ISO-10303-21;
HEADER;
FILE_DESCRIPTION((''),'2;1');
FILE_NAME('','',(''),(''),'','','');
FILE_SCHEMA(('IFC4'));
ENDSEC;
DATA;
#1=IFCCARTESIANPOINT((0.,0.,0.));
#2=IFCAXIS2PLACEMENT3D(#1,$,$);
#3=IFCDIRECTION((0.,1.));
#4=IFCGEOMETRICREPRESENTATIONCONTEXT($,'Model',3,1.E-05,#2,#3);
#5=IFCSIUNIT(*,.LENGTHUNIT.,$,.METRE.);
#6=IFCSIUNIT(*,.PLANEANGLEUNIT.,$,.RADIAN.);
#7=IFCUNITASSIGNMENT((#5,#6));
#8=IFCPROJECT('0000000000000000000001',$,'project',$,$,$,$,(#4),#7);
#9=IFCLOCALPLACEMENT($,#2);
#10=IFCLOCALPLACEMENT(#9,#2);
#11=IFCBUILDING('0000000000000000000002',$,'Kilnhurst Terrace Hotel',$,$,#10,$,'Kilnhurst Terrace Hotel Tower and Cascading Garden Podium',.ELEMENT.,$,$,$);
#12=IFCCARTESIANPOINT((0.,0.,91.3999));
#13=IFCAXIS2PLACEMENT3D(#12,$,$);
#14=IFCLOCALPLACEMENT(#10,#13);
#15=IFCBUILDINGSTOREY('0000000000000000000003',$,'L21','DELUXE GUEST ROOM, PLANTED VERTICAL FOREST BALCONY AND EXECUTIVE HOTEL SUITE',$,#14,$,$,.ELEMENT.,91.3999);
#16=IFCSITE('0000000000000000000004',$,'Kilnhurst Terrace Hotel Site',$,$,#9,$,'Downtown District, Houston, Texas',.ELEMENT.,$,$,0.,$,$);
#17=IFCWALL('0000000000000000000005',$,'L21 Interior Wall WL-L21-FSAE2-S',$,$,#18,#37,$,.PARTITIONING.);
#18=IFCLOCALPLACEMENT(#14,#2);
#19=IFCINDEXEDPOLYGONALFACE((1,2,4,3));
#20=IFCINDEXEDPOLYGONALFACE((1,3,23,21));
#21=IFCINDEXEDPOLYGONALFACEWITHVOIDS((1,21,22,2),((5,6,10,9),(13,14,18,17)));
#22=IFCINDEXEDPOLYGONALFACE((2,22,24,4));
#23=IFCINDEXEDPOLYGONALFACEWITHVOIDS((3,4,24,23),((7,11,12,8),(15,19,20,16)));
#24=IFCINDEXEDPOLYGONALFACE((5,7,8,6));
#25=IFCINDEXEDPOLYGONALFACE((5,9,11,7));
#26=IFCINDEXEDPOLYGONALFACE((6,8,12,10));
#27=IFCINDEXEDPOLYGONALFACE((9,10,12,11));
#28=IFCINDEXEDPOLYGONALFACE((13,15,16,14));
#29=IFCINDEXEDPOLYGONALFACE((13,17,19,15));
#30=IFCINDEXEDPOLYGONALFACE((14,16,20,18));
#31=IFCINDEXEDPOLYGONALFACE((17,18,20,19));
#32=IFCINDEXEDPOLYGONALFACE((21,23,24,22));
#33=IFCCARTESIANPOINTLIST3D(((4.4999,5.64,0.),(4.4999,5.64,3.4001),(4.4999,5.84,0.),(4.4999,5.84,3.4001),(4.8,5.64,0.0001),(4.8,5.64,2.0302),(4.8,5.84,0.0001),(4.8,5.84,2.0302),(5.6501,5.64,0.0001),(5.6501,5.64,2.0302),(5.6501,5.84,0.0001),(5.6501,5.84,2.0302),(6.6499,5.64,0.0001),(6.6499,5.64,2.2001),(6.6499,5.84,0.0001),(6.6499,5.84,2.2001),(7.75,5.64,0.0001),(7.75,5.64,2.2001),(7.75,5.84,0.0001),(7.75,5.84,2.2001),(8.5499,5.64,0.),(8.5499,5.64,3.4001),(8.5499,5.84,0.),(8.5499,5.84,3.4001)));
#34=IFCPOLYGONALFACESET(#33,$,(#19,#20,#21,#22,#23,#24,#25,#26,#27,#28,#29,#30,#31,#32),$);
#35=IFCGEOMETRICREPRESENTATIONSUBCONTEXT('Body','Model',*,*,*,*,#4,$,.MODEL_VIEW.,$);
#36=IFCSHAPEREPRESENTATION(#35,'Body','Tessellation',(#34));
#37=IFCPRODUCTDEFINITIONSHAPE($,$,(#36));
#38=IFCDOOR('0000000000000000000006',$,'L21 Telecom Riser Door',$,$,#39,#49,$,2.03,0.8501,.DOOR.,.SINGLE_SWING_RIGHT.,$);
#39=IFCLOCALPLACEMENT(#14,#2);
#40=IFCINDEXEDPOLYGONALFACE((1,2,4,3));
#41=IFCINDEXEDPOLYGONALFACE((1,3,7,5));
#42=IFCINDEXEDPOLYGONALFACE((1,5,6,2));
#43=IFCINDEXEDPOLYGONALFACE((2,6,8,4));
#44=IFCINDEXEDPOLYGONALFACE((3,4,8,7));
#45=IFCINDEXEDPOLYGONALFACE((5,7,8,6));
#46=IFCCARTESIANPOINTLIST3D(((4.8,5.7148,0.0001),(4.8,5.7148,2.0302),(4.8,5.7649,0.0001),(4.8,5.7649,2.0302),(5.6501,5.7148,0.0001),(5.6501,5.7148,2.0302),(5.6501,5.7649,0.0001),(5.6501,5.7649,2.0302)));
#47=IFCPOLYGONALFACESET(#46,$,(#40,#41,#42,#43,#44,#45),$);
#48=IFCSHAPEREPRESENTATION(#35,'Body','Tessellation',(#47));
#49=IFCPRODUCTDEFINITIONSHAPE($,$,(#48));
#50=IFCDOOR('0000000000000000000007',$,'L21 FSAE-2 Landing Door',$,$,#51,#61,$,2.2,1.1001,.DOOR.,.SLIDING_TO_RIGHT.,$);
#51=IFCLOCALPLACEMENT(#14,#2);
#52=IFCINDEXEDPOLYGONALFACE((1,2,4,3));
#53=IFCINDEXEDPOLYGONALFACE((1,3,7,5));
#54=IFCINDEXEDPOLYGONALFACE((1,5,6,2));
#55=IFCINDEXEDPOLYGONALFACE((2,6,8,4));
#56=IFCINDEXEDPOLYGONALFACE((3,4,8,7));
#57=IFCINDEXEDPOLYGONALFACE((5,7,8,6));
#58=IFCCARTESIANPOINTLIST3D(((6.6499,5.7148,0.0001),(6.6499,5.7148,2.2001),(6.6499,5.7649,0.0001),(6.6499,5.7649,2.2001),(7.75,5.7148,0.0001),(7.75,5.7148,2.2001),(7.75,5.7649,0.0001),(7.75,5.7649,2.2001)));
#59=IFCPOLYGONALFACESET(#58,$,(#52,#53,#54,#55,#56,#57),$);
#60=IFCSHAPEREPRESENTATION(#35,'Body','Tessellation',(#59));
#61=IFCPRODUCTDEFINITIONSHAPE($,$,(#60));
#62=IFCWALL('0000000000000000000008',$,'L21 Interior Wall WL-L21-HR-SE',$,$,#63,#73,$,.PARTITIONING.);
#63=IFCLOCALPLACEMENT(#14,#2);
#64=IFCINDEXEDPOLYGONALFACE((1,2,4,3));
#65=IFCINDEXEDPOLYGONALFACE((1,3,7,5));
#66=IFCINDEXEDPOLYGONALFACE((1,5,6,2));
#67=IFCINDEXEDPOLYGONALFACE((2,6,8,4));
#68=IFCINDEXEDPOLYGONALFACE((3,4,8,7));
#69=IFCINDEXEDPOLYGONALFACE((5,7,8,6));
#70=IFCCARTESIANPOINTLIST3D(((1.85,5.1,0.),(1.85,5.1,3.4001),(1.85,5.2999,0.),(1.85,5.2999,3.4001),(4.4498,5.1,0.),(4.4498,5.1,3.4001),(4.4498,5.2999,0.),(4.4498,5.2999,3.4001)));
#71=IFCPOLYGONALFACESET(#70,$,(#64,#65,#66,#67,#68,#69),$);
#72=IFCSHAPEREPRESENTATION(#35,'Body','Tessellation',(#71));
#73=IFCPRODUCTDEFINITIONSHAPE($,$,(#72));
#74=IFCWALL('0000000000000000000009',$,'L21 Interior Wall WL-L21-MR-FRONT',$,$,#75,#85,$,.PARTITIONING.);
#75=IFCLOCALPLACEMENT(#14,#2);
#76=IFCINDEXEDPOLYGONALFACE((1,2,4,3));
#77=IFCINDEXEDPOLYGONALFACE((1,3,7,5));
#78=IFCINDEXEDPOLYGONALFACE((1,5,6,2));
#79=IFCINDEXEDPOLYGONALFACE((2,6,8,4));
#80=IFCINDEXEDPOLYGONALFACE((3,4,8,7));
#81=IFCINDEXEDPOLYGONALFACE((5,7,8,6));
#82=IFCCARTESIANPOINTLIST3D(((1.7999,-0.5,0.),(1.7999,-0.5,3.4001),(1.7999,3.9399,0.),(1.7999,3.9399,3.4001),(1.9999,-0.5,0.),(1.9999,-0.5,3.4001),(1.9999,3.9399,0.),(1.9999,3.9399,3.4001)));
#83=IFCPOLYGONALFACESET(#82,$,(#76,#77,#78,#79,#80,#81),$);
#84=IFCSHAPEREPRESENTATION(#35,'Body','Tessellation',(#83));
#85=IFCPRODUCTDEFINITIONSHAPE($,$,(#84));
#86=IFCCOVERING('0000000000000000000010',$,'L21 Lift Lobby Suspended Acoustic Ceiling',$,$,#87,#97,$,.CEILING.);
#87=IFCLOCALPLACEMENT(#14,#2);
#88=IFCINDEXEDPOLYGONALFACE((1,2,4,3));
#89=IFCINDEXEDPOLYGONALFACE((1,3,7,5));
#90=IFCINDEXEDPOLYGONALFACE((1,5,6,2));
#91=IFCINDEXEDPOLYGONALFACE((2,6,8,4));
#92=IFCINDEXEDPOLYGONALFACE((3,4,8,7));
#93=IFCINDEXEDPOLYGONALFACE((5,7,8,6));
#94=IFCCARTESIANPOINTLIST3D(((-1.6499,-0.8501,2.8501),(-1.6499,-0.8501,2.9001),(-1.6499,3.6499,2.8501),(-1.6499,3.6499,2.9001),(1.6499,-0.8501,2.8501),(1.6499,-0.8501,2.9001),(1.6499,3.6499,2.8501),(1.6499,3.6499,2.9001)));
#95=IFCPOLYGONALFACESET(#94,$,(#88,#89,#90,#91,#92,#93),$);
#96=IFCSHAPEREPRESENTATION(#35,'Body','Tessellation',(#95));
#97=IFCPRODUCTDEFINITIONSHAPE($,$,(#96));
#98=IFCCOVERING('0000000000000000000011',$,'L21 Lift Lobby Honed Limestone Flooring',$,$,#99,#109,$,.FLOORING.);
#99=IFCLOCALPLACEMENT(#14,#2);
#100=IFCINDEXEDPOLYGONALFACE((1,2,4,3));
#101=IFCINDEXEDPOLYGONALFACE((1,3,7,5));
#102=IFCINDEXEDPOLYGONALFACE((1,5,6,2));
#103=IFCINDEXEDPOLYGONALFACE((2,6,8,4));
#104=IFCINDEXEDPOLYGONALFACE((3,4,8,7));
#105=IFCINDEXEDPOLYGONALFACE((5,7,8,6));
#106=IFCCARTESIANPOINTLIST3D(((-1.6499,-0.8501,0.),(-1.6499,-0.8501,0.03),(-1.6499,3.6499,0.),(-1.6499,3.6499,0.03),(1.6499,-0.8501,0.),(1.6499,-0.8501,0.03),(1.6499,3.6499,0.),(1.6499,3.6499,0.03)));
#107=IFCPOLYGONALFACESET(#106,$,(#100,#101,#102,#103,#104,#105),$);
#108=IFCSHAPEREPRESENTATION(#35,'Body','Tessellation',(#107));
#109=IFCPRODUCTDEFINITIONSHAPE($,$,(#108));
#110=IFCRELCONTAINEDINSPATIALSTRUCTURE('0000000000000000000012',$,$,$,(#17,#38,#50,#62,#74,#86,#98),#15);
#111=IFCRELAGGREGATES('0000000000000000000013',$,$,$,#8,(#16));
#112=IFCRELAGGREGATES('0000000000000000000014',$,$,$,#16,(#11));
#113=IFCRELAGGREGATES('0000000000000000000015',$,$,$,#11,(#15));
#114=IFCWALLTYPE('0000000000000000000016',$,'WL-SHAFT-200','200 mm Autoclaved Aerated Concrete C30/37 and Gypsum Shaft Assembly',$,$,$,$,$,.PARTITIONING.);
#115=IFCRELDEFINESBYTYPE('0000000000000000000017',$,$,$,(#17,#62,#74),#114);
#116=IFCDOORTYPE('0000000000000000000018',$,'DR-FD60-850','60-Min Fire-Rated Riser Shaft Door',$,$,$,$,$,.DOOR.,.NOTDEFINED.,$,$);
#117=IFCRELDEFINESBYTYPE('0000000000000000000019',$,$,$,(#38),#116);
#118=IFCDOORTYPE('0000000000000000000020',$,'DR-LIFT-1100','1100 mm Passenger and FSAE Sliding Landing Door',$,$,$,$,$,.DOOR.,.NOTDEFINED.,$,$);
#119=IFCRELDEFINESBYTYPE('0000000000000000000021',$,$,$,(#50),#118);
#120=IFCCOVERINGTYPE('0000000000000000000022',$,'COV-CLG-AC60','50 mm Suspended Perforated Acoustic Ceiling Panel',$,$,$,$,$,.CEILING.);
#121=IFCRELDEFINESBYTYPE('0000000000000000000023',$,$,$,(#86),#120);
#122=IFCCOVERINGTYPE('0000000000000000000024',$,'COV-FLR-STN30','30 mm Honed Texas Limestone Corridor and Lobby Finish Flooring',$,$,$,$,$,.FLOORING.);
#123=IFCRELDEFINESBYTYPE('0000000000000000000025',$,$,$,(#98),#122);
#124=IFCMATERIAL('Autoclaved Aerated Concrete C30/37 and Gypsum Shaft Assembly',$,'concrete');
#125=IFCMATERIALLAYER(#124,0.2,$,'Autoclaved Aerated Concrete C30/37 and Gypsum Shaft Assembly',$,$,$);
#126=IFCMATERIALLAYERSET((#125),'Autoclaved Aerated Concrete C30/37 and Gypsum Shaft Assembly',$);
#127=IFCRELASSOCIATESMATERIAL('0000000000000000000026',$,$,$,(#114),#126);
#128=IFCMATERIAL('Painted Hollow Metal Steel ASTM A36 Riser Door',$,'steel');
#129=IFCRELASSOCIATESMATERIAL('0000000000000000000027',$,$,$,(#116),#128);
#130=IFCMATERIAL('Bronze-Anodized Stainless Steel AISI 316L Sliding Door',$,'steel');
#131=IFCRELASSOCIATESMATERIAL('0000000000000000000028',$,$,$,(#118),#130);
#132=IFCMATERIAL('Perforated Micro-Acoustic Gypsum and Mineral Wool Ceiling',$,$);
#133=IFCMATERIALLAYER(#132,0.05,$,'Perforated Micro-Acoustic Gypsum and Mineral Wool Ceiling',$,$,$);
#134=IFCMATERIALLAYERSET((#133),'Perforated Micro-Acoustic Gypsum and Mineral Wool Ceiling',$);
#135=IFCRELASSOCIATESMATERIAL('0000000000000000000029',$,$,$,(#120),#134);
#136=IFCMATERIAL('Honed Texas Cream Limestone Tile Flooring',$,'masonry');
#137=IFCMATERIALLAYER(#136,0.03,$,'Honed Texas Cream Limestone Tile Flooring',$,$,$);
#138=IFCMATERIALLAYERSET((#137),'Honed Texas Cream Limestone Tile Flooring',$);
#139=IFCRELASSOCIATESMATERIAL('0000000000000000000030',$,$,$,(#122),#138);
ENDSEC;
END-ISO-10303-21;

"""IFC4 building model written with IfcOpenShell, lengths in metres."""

from ifc_helpers import new_model, si_unit, direction, frame, frame_2d, origin, place, context, subcontext, project, spatial, polyline, rectangle, outline, extrude, material, layer, layer_set, type_object, element, fill, save


model = new_model("IFC4")

# Units and contexts
model_context = context("Model", 3, precision=1e-05, world=origin(), true_north=direction((0.0, 1.0)))
body_context = subcontext(model_context, "Body", "Model", "MODEL_VIEW")
ifc_project = project(units=[si_unit("LENGTHUNIT", "METRE"), si_unit("PLANEANGLEUNIT", "RADIAN")], contexts=[model_context])

# Site, building, storey
site_placement = place(None, origin())
site = spatial("IfcSite", under=ifc_project, at=site_placement, Name="Kilnhurst Terrace Hotel Site", LongName="Downtown District, Houston, Texas", CompositionType="ELEMENT", RefElevation=0.0)
building_placement = place(site_placement, origin())
building = spatial("IfcBuilding", under=site, at=building_placement, Name="Kilnhurst Terrace Hotel", LongName="Kilnhurst Terrace Hotel Tower and Cascading Garden Podium", CompositionType="ELEMENT")
storey_placement = place(building_placement, frame((0.0, 0.0, 91.3999)))
storey = spatial("IfcBuildingStorey", under=building, at=storey_placement, Name="L21", Description="DELUXE GUEST ROOM, PLANTED VERTICAL FOREST BALCONY AND EXECUTIVE HOTEL SUITE", CompositionType="ELEMENT", Elevation=91.3999)

# Wall, openings, doors
ifc_material_1 = material(Name="Autoclaved Aerated Concrete C30/37 and Gypsum Shaft Assembly", Category="concrete")
ifc_layer_1 = layer(ifc_material_1, 0.2, Name="Autoclaved Aerated Concrete C30/37 and Gypsum Shaft Assembly")
ifc_layer_set_1 = layer_set([ifc_layer_1], Name="Autoclaved Aerated Concrete C30/37 and Gypsum Shaft Assembly")
wall_type_1 = type_object("IfcWallType", Name="WL-SHAFT-200", Description="200 mm Autoclaved Aerated Concrete C30/37 and Gypsum Shaft Assembly", PredefinedType="PARTITIONING", material=ifc_layer_set_1)
wall_1_placement = place(storey_placement, frame((4.5, 5.74, 0.0), z_axis=(0.0, 0.0, 1.0), x_axis=(1.0, 0.0, 0.0)))
wall_1 = element("IfcWall", 1, at=wall_1_placement, inside=storey, type_object=wall_type_1, Name="L21 Interior Wall WL-L21-FSAE2-S", PredefinedType="PARTITIONING", context=body_context, shape_type="SweptSolid", body=[
    extrude(rectangle(XDim=4.05, YDim=0.2, at=frame_2d((2.0249, 0.0))), origin(), (0.0, 0.0, 1.0), 3.4001),
])
opening_1_placement = place(wall_1_placement, frame((0.3, 0.0, 0.0)))
opening_1 = element("IfcOpeningElement", 2, at=opening_1_placement, cuts=wall_1, PredefinedType="OPENING", context=body_context, shape_type="SweptSolid", body=[
    extrude(rectangle(XDim=0.8501, YDim=2.03, at=frame_2d((0.425, 1.0151))), frame((0.0, 0.1099, 0.0), z_axis=(0.0, -1.0, 0.0), x_axis=(1.0, 0.0, 0.0)), (0.0, 0.0, 1.0), 0.22),
])
opening_2_placement = place(wall_1_placement, frame((2.1499, 0.0, 0.0)))
opening_2 = element("IfcOpeningElement", 3, at=opening_2_placement, cuts=wall_1, PredefinedType="OPENING", context=body_context, shape_type="SweptSolid", body=[
    extrude(rectangle(XDim=1.1001, YDim=2.2, at=frame_2d((0.55, 1.1001))), frame((0.0, 0.1099, 0.0), z_axis=(0.0, -1.0, 0.0), x_axis=(1.0, 0.0, 0.0)), (0.0, 0.0, 1.0), 0.22),
])
ifc_material_2 = material(Name="Painted Hollow Metal Steel ASTM A36 Riser Door", Category="steel")
door_type_1 = type_object("IfcDoorType", Name="DR-FD60-850", Description="60-Min Fire-Rated Riser Shaft Door", OperationType="NOTDEFINED", PredefinedType="DOOR", material=ifc_material_2)
door_1_placement = place(opening_1_placement, origin())
door_1 = element("IfcDoor", 4, at=door_1_placement, inside=storey, type_object=door_type_1, Name="L21 Telecom Riser Door", OperationType="SINGLE_SWING_RIGHT", OverallHeight=2.03, OverallWidth=0.8501, PredefinedType="DOOR", context=body_context, shape_type="SweptSolid", body=[
    extrude(rectangle(XDim=0.8501, YDim=2.03, at=frame_2d((0.425, 1.0151))), frame((0.0, 0.0249, 0.0), z_axis=(0.0, -1.0, 0.0), x_axis=(1.0, 0.0, 0.0)), (0.0, 0.0, 1.0), 0.05),
])
fill(opening_1, door_1)
ifc_material_3 = material(Name="Bronze-Anodized Stainless Steel AISI 316L Sliding Door", Category="steel")
door_type_2 = type_object("IfcDoorType", Name="DR-LIFT-1100", Description="1100 mm Passenger and FSAE Sliding Landing Door", OperationType="NOTDEFINED", PredefinedType="DOOR", material=ifc_material_3)
door_2_placement = place(opening_2_placement, origin())
door_2 = element("IfcDoor", 5, at=door_2_placement, inside=storey, type_object=door_type_2, Name="L21 FSAE-2 Landing Door", OperationType="SLIDING_TO_RIGHT", OverallHeight=2.2, OverallWidth=1.1001, PredefinedType="DOOR", context=body_context, shape_type="SweptSolid", body=[
    extrude(rectangle(XDim=1.1001, YDim=2.2, at=frame_2d((0.55, 1.1001))), frame((0.0, 0.0249, 0.0), z_axis=(0.0, -1.0, 0.0), x_axis=(1.0, 0.0, 0.0)), (0.0, 0.0, 1.0), 0.05),
])
fill(opening_2, door_2)

# Walls
wall_2_placement = place(storey_placement, frame((1.8501, 5.2, 0.0), z_axis=(0.0, 0.0, 1.0), x_axis=(1.0, 0.0, 0.0)))
element("IfcWall", 6, at=wall_2_placement, inside=storey, type_object=wall_type_1, Name="L21 Interior Wall WL-L21-HR-SE", PredefinedType="PARTITIONING", context=body_context, shape_type="SweptSolid", body=[
    extrude(rectangle(XDim=2.5999, YDim=0.2, at=frame_2d((1.2998, 0.0))), origin(), (0.0, 0.0, 1.0), 3.4001),
])
wall_3_placement = place(storey_placement, frame((1.8999, -0.5, 0.0), z_axis=(0.0, 0.0, 1.0), x_axis=(0.0, 1.0, 0.0)))
element("IfcWall", 7, at=wall_3_placement, inside=storey, type_object=wall_type_1, Name="L21 Interior Wall WL-L21-MR-FRONT", PredefinedType="PARTITIONING", context=body_context, shape_type="SweptSolid", body=[
    extrude(rectangle(XDim=4.4399, YDim=0.2, at=frame_2d((2.22, 0.0))), origin(), (0.0, 0.0, 1.0), 3.4001),
])

# Coverings
ifc_material_4 = material(Name="Perforated Micro-Acoustic Gypsum and Mineral Wool Ceiling")
ifc_layer_2 = layer(ifc_material_4, 0.05, Name="Perforated Micro-Acoustic Gypsum and Mineral Wool Ceiling")
ifc_layer_set_2 = layer_set([ifc_layer_2], Name="Perforated Micro-Acoustic Gypsum and Mineral Wool Ceiling")
covering_type_1 = type_object("IfcCoveringType", Name="COV-CLG-AC60", Description="50 mm Suspended Perforated Acoustic Ceiling Panel", PredefinedType="CEILING", material=ifc_layer_set_2)
covering_1_placement = place(storey_placement, frame((0.0, 0.0, 2.8501)))
element("IfcCovering", 8, at=covering_1_placement, inside=storey, type_object=covering_type_1, Name="L21 Lift Lobby Suspended Acoustic Ceiling", PredefinedType="CEILING", context=body_context, shape_type="SweptSolid", body=[
    extrude(outline(polyline([(-1.6499, -0.8501), (1.6499, -0.8501), (1.6499, 3.6499), (-1.6499, 3.6499), (-1.6499, -0.8501)])), origin(), (0.0, 0.0, 1.0), 0.05),
])
ifc_material_5 = material(Name="Honed Texas Cream Limestone Tile Flooring", Category="masonry")
ifc_layer_3 = layer(ifc_material_5, 0.03, Name="Honed Texas Cream Limestone Tile Flooring")
ifc_layer_set_3 = layer_set([ifc_layer_3], Name="Honed Texas Cream Limestone Tile Flooring")
covering_type_2 = type_object("IfcCoveringType", Name="COV-FLR-STN30", Description="30 mm Honed Texas Limestone Corridor and Lobby Finish Flooring", PredefinedType="FLOORING", material=ifc_layer_set_3)
covering_2_placement = place(storey_placement, origin())
element("IfcCovering", 9, at=covering_2_placement, inside=storey, type_object=covering_type_2, Name="L21 Lift Lobby Honed Limestone Flooring", PredefinedType="FLOORING", context=body_context, shape_type="SweptSolid", body=[
    extrude(outline(polyline([(-1.6499, -0.8501), (1.6499, -0.8501), (1.6499, 3.6499), (-1.6499, 3.6499), (-1.6499, -0.8501)])), origin(), (0.0, 0.0, 1.0), 0.03),
])

save(model, "model.ifc")
